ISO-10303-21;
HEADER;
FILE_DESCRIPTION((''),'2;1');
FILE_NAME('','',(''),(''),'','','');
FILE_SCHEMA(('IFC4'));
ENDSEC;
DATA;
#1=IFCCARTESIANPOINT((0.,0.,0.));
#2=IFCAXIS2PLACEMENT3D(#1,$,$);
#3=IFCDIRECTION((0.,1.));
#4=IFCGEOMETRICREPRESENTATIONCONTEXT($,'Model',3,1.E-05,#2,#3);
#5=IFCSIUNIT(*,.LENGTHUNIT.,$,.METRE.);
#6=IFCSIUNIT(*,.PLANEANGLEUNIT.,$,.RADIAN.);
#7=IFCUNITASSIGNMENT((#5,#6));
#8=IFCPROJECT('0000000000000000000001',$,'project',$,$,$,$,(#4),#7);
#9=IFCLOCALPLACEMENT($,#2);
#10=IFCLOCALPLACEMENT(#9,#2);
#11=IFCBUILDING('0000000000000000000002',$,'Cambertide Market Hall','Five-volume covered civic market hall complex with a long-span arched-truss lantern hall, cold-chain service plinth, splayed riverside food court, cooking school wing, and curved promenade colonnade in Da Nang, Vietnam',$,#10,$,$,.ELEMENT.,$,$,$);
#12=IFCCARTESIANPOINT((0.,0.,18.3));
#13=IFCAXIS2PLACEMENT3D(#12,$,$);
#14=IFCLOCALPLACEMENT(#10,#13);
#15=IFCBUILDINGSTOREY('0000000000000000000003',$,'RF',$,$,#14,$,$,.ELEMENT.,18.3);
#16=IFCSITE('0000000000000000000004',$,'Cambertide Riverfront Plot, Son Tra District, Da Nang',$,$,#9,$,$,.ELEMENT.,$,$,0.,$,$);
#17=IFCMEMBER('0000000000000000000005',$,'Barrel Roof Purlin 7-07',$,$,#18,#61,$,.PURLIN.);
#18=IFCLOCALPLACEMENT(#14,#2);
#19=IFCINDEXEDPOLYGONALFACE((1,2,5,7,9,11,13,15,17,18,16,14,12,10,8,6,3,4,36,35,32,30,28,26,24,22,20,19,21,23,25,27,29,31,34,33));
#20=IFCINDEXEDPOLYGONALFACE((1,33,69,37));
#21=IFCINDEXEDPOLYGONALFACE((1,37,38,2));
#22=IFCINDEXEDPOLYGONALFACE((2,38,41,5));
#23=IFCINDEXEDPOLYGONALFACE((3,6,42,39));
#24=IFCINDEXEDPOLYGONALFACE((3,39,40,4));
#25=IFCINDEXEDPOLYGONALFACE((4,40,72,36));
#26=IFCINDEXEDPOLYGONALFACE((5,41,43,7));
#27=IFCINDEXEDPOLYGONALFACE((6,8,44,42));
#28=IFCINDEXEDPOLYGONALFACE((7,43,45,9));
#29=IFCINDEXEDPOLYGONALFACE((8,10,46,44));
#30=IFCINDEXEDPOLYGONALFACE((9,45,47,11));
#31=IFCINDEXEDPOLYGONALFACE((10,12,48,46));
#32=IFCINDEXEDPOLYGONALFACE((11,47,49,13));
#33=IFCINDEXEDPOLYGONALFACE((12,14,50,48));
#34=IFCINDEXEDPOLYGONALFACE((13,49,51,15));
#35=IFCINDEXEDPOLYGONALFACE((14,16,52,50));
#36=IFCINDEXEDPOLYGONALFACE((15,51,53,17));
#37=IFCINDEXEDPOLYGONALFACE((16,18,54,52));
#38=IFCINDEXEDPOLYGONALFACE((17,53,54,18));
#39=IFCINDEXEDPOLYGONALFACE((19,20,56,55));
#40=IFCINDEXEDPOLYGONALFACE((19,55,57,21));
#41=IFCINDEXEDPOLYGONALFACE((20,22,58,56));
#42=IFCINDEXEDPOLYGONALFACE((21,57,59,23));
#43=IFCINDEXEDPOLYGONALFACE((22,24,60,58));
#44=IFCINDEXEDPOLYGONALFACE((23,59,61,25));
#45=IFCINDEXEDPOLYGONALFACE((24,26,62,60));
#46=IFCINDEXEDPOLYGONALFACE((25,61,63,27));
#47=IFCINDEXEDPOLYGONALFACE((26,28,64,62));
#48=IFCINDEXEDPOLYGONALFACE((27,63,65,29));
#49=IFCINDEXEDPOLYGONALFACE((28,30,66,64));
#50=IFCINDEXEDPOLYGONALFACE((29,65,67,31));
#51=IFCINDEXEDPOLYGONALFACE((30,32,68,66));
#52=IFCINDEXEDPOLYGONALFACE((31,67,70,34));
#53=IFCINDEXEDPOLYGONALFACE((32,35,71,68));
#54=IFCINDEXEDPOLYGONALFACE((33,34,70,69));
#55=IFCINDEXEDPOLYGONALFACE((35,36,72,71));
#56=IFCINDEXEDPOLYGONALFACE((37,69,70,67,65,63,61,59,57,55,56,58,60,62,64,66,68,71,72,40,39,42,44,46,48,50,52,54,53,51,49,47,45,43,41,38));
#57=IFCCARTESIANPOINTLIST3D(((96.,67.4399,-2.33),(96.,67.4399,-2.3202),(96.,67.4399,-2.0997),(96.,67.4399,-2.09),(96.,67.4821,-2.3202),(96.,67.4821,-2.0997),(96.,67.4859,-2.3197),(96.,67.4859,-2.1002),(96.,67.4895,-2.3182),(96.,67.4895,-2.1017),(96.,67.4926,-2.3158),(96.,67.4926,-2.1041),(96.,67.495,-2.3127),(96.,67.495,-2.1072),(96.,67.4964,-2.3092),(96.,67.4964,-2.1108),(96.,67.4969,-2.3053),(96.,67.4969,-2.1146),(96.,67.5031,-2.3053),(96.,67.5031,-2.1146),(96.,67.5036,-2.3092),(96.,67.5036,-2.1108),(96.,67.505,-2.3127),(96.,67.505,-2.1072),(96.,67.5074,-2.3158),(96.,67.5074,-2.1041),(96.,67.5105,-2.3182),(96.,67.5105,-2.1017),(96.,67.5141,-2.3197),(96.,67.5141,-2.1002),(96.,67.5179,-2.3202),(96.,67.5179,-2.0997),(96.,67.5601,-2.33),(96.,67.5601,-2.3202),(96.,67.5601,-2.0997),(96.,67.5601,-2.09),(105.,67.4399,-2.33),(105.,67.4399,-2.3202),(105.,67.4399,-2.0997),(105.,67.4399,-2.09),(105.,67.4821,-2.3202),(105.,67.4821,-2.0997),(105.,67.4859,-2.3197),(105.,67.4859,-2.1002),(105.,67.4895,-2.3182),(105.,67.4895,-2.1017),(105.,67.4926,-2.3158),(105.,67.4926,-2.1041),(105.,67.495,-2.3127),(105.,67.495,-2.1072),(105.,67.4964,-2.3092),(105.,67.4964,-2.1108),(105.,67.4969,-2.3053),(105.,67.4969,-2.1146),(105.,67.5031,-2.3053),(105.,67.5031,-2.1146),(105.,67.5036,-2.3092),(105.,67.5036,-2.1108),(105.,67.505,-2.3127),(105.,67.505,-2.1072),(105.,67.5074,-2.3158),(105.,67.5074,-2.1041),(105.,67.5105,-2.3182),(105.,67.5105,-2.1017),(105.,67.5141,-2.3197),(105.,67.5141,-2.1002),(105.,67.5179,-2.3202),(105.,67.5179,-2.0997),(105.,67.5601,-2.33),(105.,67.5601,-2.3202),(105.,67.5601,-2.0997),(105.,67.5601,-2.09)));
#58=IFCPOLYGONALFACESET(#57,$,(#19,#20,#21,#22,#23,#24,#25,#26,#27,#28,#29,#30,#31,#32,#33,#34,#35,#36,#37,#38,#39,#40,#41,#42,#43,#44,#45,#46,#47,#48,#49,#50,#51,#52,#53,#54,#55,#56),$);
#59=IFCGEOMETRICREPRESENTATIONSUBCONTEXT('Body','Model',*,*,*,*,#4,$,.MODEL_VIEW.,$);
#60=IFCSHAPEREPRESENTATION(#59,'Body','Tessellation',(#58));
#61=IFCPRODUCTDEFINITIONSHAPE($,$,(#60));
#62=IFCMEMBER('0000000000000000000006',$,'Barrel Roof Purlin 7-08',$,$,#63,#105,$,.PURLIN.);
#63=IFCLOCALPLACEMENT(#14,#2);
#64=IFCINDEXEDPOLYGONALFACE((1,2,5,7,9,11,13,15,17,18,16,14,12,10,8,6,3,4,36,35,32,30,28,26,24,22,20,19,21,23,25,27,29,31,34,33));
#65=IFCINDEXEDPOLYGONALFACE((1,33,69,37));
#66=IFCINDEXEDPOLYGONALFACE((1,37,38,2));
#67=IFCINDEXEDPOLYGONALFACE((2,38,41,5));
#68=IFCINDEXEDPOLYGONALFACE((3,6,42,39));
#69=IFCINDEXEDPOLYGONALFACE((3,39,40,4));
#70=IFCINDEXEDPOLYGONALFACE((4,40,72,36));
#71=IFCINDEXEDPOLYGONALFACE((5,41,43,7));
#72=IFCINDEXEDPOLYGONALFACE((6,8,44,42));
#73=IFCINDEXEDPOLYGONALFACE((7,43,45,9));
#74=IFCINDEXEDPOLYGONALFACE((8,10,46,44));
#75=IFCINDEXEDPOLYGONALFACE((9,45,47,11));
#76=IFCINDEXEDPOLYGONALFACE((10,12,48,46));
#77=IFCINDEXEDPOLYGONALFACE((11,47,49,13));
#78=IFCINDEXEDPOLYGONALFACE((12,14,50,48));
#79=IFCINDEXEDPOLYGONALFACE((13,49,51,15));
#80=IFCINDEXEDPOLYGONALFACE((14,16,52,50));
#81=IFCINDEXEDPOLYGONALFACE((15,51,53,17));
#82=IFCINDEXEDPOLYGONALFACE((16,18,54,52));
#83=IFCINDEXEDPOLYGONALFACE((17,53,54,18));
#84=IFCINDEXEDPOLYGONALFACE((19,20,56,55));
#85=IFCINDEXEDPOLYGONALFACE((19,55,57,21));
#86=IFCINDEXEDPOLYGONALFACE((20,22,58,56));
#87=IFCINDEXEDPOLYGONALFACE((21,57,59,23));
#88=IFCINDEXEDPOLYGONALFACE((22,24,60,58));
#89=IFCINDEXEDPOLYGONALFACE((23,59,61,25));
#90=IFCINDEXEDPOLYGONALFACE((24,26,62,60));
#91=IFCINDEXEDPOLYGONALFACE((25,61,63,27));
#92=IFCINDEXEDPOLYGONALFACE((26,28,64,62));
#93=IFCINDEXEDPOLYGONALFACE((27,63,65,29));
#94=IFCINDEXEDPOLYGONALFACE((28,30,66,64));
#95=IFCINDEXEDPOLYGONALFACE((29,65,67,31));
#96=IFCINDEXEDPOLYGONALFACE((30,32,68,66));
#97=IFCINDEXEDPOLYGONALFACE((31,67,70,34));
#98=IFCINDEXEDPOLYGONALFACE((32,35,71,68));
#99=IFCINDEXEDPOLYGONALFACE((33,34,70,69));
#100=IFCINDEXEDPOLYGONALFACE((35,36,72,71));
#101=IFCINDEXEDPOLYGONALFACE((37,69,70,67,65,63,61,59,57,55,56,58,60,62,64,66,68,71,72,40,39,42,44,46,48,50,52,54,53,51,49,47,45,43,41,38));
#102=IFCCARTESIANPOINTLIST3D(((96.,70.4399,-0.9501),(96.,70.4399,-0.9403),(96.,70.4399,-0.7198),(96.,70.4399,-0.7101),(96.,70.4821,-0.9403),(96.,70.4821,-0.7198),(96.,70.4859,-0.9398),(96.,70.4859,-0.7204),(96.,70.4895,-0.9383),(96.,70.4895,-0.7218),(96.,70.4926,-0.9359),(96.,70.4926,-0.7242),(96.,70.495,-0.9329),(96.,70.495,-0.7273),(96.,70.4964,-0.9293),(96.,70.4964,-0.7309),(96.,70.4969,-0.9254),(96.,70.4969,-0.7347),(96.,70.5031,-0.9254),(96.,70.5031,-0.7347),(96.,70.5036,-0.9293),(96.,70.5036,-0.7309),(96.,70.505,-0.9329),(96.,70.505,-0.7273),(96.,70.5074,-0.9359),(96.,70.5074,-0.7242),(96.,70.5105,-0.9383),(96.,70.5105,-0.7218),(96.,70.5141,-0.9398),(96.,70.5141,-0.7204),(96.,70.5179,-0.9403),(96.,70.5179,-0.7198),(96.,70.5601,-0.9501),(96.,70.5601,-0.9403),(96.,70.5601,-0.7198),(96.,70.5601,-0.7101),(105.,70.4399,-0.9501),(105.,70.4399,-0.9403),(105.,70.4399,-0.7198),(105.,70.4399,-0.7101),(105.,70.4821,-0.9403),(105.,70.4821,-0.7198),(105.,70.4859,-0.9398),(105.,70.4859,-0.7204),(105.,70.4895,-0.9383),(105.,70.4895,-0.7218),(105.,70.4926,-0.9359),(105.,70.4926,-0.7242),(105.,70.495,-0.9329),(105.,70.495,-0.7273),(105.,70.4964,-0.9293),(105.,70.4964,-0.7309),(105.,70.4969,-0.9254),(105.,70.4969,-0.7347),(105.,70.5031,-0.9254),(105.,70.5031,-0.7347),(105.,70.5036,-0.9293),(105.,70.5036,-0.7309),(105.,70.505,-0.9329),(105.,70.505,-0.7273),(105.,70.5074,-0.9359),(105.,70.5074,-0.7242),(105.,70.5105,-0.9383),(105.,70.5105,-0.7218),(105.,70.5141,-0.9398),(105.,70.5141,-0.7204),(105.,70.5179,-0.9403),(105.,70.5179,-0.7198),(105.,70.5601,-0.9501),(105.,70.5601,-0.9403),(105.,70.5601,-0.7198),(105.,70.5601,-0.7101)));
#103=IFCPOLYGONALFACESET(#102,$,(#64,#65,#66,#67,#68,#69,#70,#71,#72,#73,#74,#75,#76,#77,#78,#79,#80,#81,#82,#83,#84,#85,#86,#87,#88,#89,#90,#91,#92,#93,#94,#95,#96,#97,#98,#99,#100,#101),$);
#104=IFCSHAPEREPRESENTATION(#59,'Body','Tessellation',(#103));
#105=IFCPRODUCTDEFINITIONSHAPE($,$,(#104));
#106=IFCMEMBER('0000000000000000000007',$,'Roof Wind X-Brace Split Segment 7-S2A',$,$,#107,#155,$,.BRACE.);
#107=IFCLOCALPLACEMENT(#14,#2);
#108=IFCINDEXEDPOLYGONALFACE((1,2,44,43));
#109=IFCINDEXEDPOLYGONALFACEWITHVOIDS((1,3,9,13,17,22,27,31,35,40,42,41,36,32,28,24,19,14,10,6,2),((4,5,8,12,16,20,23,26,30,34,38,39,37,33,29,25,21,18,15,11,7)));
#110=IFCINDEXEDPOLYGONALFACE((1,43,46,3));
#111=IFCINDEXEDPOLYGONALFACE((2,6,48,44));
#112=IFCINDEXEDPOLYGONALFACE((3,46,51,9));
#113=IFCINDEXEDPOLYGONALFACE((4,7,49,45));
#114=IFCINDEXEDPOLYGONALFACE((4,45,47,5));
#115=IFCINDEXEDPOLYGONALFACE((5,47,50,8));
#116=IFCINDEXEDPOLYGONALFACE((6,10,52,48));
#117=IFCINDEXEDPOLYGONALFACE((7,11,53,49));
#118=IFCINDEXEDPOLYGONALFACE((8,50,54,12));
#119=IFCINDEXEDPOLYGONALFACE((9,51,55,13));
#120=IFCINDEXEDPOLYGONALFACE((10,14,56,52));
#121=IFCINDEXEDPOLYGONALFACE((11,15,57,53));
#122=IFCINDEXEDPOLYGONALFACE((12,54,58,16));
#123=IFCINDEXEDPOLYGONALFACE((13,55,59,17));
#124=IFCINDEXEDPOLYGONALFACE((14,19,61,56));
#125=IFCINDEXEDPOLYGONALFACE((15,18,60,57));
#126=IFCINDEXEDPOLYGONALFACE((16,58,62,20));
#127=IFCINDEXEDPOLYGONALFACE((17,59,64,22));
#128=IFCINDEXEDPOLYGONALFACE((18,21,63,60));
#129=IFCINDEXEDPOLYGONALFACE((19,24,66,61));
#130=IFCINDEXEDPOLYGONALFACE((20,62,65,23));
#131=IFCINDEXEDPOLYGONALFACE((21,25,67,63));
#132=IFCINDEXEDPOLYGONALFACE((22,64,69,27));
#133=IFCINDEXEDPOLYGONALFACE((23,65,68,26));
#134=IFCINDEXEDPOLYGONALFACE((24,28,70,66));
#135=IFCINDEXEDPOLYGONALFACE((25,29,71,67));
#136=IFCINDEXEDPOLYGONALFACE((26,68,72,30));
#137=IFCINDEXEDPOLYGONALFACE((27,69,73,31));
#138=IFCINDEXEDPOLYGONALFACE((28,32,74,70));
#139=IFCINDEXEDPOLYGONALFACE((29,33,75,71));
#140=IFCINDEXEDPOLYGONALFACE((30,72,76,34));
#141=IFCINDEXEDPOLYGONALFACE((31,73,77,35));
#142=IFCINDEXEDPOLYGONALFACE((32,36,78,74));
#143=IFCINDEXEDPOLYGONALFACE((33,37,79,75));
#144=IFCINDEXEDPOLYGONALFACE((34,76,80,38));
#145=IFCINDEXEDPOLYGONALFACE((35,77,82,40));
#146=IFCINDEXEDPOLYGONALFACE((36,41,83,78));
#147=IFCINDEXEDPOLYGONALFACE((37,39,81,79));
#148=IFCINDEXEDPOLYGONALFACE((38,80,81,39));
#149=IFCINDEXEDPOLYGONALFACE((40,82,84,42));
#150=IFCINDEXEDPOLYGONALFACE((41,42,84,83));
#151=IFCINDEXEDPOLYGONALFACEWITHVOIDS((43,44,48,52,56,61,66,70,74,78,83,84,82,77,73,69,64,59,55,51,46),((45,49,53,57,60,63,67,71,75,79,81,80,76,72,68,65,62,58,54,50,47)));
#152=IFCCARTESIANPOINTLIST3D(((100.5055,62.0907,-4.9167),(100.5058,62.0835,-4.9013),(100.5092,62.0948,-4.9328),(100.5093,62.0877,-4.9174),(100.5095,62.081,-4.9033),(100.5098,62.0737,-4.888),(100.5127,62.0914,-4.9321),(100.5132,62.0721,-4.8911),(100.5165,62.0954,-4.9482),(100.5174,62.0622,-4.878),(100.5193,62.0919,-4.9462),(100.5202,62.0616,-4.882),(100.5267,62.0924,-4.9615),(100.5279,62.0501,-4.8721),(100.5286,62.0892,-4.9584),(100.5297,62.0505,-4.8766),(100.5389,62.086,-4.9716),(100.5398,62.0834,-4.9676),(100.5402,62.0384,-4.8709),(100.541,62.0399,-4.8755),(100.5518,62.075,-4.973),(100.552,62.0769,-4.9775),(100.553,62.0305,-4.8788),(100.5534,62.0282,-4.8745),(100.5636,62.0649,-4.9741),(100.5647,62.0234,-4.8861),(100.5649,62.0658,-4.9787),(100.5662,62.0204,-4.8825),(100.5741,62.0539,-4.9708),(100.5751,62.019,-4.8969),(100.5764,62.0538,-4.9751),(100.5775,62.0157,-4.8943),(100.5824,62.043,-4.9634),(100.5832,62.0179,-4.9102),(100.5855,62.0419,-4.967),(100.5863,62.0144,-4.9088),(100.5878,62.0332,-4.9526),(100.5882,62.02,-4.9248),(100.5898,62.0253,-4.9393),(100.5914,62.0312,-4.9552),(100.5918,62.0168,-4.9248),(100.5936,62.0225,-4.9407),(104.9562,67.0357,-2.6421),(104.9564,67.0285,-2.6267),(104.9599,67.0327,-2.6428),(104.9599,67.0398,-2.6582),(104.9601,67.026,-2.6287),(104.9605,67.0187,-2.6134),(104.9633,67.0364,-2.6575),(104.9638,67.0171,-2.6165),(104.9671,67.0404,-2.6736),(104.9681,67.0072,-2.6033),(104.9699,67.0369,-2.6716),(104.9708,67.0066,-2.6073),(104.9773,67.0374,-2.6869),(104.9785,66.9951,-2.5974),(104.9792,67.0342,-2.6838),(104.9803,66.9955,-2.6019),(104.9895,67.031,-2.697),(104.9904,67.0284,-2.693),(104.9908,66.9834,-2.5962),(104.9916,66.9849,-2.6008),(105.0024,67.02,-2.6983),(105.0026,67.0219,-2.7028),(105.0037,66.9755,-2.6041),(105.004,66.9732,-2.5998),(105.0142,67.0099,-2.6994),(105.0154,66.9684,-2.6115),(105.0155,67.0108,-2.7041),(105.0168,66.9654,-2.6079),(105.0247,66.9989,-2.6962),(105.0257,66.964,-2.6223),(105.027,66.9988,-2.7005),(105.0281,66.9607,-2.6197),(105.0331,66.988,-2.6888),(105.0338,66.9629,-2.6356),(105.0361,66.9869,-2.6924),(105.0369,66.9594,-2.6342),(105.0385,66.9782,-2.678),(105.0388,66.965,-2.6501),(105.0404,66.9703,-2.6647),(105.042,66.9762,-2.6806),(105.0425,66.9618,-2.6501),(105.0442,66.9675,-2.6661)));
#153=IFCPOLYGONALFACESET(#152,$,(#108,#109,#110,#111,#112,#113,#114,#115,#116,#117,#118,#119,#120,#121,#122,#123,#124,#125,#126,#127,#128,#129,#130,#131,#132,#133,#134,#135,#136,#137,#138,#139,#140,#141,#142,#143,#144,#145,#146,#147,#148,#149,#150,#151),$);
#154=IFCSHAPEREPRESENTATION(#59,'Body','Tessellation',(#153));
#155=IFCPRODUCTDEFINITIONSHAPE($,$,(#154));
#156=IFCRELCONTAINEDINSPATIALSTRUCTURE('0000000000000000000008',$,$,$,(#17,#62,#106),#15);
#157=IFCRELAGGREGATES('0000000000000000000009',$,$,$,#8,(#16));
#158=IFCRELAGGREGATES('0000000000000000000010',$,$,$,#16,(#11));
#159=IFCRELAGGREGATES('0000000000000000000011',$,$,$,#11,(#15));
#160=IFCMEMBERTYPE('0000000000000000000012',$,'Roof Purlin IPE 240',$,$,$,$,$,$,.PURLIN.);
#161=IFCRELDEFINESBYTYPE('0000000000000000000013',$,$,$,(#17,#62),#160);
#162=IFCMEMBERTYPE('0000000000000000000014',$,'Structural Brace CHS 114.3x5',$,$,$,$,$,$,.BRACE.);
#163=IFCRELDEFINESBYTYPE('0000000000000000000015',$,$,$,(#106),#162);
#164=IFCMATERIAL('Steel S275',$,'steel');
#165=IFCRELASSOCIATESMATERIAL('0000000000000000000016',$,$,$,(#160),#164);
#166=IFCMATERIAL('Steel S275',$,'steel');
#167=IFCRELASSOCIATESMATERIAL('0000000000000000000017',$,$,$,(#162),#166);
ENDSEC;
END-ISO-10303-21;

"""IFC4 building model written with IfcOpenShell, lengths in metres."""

from ifc_helpers import new_model, si_unit, direction, frame, origin, origin_2d, place, context, subcontext, project, spatial, hollow_circle, i_section, extrude, material, material_profile, profile_set, type_object, element, save


model = new_model("IFC4")

# Units and contexts
model_context = context("Model", 3, precision=1e-05, world=origin(), true_north=direction((0.0, 1.0)))
body_context = subcontext(model_context, "Body", "Model", "MODEL_VIEW")
ifc_project = project(units=[si_unit("LENGTHUNIT", "METRE"), si_unit("PLANEANGLEUNIT", "RADIAN")], contexts=[model_context])

# Site, building, storey
site_placement = place(None, origin())
site = spatial("IfcSite", under=ifc_project, at=site_placement, Name="Cambertide Riverfront Plot, Son Tra District, Da Nang", CompositionType="ELEMENT", RefElevation=0.0)
building_placement = place(site_placement, origin())
building = spatial("IfcBuilding", under=site, at=building_placement, Name="Cambertide Market Hall", Description="Five-volume covered civic market hall complex with a long-span arched-truss lantern hall, cold-chain service plinth, splayed riverside food court, cooking school wing, and curved promenade colonnade in Da Nang, Vietnam", CompositionType="ELEMENT")
storey_placement = place(building_placement, frame((0.0, 0.0, 18.3)))
storey = spatial("IfcBuildingStorey", under=building, at=storey_placement, Name="RF", CompositionType="ELEMENT", Elevation=18.3)

# Members
ifc_material_1 = material(Name="Steel S275", Category="steel")
ifc_material_profile_1 = material_profile(ifc_material_1, i_section(OverallWidth=0.1201, OverallDepth=0.24, WebThickness=0.0061, FlangeThickness=0.0098, FilletRadius=0.0149, at=origin_2d()), Name="IPE 240")
ifc_profile_set_1 = profile_set([ifc_material_profile_1], Name="Steel S275")
member_type_1 = type_object("IfcMemberType", Name="Roof Purlin IPE 240", PredefinedType="PURLIN", material=ifc_profile_set_1)
for number, where, z_axis, x_axis, name in (
    (1, (96.0, 67.5, -2.21), (1.0, 0.0, 0.0), (0.0, 1.0, 0.0), "Barrel Roof Purlin 7-07"),
    (2, (96.0, 70.5, -0.8301), (1.0, 0.0, 0.0), (0.0, 1.0, 0.0), "Barrel Roof Purlin 7-08"),
):
    element("IfcMember", number, at=place(storey_placement, frame(where, z_axis=z_axis, x_axis=x_axis)), inside=storey, type_object=member_type_1, Name=name, PredefinedType="PURLIN", context=body_context, shape_type="SweptSolid", body=[
        extrude(i_section(OverallWidth=0.1201, OverallDepth=0.24, WebThickness=0.0061, FlangeThickness=0.0098, FilletRadius=0.0149, at=origin_2d()), origin(), (0.0, 0.0, 1.0), 9.0),
    ])
ifc_material_2 = material(Name="Steel S275", Category="steel")
ifc_material_profile_2 = material_profile(ifc_material_2, hollow_circle(Radius=0.0571, WallThickness=0.0049, at=origin_2d()), Name="CHS 114.3x5")
ifc_profile_set_2 = profile_set([ifc_material_profile_2], Name="Steel S275")
member_type_2 = type_object("IfcMemberType", Name="Structural Brace CHS 114.3x5", PredefinedType="BRACE", material=ifc_profile_set_2)
member_1_placement = place(storey_placement, frame((105.0, 67.0, -2.6501), z_axis=(-0.633, -0.703314, -0.323514), x_axis=(0.743285, -0.668975, 0.0)))
element("IfcMember", 3, at=member_1_placement, inside=storey, type_object=member_type_2, Name="Roof Wind X-Brace Split Segment 7-S2A", PredefinedType="BRACE", context=body_context, shape_type="SweptSolid", body=[
    extrude(hollow_circle(Radius=0.0571, WallThickness=0.0049, at=origin_2d()), origin(), (0.0, 0.0, 1.0), 7.031),
])

save(model, "model.ifc")
